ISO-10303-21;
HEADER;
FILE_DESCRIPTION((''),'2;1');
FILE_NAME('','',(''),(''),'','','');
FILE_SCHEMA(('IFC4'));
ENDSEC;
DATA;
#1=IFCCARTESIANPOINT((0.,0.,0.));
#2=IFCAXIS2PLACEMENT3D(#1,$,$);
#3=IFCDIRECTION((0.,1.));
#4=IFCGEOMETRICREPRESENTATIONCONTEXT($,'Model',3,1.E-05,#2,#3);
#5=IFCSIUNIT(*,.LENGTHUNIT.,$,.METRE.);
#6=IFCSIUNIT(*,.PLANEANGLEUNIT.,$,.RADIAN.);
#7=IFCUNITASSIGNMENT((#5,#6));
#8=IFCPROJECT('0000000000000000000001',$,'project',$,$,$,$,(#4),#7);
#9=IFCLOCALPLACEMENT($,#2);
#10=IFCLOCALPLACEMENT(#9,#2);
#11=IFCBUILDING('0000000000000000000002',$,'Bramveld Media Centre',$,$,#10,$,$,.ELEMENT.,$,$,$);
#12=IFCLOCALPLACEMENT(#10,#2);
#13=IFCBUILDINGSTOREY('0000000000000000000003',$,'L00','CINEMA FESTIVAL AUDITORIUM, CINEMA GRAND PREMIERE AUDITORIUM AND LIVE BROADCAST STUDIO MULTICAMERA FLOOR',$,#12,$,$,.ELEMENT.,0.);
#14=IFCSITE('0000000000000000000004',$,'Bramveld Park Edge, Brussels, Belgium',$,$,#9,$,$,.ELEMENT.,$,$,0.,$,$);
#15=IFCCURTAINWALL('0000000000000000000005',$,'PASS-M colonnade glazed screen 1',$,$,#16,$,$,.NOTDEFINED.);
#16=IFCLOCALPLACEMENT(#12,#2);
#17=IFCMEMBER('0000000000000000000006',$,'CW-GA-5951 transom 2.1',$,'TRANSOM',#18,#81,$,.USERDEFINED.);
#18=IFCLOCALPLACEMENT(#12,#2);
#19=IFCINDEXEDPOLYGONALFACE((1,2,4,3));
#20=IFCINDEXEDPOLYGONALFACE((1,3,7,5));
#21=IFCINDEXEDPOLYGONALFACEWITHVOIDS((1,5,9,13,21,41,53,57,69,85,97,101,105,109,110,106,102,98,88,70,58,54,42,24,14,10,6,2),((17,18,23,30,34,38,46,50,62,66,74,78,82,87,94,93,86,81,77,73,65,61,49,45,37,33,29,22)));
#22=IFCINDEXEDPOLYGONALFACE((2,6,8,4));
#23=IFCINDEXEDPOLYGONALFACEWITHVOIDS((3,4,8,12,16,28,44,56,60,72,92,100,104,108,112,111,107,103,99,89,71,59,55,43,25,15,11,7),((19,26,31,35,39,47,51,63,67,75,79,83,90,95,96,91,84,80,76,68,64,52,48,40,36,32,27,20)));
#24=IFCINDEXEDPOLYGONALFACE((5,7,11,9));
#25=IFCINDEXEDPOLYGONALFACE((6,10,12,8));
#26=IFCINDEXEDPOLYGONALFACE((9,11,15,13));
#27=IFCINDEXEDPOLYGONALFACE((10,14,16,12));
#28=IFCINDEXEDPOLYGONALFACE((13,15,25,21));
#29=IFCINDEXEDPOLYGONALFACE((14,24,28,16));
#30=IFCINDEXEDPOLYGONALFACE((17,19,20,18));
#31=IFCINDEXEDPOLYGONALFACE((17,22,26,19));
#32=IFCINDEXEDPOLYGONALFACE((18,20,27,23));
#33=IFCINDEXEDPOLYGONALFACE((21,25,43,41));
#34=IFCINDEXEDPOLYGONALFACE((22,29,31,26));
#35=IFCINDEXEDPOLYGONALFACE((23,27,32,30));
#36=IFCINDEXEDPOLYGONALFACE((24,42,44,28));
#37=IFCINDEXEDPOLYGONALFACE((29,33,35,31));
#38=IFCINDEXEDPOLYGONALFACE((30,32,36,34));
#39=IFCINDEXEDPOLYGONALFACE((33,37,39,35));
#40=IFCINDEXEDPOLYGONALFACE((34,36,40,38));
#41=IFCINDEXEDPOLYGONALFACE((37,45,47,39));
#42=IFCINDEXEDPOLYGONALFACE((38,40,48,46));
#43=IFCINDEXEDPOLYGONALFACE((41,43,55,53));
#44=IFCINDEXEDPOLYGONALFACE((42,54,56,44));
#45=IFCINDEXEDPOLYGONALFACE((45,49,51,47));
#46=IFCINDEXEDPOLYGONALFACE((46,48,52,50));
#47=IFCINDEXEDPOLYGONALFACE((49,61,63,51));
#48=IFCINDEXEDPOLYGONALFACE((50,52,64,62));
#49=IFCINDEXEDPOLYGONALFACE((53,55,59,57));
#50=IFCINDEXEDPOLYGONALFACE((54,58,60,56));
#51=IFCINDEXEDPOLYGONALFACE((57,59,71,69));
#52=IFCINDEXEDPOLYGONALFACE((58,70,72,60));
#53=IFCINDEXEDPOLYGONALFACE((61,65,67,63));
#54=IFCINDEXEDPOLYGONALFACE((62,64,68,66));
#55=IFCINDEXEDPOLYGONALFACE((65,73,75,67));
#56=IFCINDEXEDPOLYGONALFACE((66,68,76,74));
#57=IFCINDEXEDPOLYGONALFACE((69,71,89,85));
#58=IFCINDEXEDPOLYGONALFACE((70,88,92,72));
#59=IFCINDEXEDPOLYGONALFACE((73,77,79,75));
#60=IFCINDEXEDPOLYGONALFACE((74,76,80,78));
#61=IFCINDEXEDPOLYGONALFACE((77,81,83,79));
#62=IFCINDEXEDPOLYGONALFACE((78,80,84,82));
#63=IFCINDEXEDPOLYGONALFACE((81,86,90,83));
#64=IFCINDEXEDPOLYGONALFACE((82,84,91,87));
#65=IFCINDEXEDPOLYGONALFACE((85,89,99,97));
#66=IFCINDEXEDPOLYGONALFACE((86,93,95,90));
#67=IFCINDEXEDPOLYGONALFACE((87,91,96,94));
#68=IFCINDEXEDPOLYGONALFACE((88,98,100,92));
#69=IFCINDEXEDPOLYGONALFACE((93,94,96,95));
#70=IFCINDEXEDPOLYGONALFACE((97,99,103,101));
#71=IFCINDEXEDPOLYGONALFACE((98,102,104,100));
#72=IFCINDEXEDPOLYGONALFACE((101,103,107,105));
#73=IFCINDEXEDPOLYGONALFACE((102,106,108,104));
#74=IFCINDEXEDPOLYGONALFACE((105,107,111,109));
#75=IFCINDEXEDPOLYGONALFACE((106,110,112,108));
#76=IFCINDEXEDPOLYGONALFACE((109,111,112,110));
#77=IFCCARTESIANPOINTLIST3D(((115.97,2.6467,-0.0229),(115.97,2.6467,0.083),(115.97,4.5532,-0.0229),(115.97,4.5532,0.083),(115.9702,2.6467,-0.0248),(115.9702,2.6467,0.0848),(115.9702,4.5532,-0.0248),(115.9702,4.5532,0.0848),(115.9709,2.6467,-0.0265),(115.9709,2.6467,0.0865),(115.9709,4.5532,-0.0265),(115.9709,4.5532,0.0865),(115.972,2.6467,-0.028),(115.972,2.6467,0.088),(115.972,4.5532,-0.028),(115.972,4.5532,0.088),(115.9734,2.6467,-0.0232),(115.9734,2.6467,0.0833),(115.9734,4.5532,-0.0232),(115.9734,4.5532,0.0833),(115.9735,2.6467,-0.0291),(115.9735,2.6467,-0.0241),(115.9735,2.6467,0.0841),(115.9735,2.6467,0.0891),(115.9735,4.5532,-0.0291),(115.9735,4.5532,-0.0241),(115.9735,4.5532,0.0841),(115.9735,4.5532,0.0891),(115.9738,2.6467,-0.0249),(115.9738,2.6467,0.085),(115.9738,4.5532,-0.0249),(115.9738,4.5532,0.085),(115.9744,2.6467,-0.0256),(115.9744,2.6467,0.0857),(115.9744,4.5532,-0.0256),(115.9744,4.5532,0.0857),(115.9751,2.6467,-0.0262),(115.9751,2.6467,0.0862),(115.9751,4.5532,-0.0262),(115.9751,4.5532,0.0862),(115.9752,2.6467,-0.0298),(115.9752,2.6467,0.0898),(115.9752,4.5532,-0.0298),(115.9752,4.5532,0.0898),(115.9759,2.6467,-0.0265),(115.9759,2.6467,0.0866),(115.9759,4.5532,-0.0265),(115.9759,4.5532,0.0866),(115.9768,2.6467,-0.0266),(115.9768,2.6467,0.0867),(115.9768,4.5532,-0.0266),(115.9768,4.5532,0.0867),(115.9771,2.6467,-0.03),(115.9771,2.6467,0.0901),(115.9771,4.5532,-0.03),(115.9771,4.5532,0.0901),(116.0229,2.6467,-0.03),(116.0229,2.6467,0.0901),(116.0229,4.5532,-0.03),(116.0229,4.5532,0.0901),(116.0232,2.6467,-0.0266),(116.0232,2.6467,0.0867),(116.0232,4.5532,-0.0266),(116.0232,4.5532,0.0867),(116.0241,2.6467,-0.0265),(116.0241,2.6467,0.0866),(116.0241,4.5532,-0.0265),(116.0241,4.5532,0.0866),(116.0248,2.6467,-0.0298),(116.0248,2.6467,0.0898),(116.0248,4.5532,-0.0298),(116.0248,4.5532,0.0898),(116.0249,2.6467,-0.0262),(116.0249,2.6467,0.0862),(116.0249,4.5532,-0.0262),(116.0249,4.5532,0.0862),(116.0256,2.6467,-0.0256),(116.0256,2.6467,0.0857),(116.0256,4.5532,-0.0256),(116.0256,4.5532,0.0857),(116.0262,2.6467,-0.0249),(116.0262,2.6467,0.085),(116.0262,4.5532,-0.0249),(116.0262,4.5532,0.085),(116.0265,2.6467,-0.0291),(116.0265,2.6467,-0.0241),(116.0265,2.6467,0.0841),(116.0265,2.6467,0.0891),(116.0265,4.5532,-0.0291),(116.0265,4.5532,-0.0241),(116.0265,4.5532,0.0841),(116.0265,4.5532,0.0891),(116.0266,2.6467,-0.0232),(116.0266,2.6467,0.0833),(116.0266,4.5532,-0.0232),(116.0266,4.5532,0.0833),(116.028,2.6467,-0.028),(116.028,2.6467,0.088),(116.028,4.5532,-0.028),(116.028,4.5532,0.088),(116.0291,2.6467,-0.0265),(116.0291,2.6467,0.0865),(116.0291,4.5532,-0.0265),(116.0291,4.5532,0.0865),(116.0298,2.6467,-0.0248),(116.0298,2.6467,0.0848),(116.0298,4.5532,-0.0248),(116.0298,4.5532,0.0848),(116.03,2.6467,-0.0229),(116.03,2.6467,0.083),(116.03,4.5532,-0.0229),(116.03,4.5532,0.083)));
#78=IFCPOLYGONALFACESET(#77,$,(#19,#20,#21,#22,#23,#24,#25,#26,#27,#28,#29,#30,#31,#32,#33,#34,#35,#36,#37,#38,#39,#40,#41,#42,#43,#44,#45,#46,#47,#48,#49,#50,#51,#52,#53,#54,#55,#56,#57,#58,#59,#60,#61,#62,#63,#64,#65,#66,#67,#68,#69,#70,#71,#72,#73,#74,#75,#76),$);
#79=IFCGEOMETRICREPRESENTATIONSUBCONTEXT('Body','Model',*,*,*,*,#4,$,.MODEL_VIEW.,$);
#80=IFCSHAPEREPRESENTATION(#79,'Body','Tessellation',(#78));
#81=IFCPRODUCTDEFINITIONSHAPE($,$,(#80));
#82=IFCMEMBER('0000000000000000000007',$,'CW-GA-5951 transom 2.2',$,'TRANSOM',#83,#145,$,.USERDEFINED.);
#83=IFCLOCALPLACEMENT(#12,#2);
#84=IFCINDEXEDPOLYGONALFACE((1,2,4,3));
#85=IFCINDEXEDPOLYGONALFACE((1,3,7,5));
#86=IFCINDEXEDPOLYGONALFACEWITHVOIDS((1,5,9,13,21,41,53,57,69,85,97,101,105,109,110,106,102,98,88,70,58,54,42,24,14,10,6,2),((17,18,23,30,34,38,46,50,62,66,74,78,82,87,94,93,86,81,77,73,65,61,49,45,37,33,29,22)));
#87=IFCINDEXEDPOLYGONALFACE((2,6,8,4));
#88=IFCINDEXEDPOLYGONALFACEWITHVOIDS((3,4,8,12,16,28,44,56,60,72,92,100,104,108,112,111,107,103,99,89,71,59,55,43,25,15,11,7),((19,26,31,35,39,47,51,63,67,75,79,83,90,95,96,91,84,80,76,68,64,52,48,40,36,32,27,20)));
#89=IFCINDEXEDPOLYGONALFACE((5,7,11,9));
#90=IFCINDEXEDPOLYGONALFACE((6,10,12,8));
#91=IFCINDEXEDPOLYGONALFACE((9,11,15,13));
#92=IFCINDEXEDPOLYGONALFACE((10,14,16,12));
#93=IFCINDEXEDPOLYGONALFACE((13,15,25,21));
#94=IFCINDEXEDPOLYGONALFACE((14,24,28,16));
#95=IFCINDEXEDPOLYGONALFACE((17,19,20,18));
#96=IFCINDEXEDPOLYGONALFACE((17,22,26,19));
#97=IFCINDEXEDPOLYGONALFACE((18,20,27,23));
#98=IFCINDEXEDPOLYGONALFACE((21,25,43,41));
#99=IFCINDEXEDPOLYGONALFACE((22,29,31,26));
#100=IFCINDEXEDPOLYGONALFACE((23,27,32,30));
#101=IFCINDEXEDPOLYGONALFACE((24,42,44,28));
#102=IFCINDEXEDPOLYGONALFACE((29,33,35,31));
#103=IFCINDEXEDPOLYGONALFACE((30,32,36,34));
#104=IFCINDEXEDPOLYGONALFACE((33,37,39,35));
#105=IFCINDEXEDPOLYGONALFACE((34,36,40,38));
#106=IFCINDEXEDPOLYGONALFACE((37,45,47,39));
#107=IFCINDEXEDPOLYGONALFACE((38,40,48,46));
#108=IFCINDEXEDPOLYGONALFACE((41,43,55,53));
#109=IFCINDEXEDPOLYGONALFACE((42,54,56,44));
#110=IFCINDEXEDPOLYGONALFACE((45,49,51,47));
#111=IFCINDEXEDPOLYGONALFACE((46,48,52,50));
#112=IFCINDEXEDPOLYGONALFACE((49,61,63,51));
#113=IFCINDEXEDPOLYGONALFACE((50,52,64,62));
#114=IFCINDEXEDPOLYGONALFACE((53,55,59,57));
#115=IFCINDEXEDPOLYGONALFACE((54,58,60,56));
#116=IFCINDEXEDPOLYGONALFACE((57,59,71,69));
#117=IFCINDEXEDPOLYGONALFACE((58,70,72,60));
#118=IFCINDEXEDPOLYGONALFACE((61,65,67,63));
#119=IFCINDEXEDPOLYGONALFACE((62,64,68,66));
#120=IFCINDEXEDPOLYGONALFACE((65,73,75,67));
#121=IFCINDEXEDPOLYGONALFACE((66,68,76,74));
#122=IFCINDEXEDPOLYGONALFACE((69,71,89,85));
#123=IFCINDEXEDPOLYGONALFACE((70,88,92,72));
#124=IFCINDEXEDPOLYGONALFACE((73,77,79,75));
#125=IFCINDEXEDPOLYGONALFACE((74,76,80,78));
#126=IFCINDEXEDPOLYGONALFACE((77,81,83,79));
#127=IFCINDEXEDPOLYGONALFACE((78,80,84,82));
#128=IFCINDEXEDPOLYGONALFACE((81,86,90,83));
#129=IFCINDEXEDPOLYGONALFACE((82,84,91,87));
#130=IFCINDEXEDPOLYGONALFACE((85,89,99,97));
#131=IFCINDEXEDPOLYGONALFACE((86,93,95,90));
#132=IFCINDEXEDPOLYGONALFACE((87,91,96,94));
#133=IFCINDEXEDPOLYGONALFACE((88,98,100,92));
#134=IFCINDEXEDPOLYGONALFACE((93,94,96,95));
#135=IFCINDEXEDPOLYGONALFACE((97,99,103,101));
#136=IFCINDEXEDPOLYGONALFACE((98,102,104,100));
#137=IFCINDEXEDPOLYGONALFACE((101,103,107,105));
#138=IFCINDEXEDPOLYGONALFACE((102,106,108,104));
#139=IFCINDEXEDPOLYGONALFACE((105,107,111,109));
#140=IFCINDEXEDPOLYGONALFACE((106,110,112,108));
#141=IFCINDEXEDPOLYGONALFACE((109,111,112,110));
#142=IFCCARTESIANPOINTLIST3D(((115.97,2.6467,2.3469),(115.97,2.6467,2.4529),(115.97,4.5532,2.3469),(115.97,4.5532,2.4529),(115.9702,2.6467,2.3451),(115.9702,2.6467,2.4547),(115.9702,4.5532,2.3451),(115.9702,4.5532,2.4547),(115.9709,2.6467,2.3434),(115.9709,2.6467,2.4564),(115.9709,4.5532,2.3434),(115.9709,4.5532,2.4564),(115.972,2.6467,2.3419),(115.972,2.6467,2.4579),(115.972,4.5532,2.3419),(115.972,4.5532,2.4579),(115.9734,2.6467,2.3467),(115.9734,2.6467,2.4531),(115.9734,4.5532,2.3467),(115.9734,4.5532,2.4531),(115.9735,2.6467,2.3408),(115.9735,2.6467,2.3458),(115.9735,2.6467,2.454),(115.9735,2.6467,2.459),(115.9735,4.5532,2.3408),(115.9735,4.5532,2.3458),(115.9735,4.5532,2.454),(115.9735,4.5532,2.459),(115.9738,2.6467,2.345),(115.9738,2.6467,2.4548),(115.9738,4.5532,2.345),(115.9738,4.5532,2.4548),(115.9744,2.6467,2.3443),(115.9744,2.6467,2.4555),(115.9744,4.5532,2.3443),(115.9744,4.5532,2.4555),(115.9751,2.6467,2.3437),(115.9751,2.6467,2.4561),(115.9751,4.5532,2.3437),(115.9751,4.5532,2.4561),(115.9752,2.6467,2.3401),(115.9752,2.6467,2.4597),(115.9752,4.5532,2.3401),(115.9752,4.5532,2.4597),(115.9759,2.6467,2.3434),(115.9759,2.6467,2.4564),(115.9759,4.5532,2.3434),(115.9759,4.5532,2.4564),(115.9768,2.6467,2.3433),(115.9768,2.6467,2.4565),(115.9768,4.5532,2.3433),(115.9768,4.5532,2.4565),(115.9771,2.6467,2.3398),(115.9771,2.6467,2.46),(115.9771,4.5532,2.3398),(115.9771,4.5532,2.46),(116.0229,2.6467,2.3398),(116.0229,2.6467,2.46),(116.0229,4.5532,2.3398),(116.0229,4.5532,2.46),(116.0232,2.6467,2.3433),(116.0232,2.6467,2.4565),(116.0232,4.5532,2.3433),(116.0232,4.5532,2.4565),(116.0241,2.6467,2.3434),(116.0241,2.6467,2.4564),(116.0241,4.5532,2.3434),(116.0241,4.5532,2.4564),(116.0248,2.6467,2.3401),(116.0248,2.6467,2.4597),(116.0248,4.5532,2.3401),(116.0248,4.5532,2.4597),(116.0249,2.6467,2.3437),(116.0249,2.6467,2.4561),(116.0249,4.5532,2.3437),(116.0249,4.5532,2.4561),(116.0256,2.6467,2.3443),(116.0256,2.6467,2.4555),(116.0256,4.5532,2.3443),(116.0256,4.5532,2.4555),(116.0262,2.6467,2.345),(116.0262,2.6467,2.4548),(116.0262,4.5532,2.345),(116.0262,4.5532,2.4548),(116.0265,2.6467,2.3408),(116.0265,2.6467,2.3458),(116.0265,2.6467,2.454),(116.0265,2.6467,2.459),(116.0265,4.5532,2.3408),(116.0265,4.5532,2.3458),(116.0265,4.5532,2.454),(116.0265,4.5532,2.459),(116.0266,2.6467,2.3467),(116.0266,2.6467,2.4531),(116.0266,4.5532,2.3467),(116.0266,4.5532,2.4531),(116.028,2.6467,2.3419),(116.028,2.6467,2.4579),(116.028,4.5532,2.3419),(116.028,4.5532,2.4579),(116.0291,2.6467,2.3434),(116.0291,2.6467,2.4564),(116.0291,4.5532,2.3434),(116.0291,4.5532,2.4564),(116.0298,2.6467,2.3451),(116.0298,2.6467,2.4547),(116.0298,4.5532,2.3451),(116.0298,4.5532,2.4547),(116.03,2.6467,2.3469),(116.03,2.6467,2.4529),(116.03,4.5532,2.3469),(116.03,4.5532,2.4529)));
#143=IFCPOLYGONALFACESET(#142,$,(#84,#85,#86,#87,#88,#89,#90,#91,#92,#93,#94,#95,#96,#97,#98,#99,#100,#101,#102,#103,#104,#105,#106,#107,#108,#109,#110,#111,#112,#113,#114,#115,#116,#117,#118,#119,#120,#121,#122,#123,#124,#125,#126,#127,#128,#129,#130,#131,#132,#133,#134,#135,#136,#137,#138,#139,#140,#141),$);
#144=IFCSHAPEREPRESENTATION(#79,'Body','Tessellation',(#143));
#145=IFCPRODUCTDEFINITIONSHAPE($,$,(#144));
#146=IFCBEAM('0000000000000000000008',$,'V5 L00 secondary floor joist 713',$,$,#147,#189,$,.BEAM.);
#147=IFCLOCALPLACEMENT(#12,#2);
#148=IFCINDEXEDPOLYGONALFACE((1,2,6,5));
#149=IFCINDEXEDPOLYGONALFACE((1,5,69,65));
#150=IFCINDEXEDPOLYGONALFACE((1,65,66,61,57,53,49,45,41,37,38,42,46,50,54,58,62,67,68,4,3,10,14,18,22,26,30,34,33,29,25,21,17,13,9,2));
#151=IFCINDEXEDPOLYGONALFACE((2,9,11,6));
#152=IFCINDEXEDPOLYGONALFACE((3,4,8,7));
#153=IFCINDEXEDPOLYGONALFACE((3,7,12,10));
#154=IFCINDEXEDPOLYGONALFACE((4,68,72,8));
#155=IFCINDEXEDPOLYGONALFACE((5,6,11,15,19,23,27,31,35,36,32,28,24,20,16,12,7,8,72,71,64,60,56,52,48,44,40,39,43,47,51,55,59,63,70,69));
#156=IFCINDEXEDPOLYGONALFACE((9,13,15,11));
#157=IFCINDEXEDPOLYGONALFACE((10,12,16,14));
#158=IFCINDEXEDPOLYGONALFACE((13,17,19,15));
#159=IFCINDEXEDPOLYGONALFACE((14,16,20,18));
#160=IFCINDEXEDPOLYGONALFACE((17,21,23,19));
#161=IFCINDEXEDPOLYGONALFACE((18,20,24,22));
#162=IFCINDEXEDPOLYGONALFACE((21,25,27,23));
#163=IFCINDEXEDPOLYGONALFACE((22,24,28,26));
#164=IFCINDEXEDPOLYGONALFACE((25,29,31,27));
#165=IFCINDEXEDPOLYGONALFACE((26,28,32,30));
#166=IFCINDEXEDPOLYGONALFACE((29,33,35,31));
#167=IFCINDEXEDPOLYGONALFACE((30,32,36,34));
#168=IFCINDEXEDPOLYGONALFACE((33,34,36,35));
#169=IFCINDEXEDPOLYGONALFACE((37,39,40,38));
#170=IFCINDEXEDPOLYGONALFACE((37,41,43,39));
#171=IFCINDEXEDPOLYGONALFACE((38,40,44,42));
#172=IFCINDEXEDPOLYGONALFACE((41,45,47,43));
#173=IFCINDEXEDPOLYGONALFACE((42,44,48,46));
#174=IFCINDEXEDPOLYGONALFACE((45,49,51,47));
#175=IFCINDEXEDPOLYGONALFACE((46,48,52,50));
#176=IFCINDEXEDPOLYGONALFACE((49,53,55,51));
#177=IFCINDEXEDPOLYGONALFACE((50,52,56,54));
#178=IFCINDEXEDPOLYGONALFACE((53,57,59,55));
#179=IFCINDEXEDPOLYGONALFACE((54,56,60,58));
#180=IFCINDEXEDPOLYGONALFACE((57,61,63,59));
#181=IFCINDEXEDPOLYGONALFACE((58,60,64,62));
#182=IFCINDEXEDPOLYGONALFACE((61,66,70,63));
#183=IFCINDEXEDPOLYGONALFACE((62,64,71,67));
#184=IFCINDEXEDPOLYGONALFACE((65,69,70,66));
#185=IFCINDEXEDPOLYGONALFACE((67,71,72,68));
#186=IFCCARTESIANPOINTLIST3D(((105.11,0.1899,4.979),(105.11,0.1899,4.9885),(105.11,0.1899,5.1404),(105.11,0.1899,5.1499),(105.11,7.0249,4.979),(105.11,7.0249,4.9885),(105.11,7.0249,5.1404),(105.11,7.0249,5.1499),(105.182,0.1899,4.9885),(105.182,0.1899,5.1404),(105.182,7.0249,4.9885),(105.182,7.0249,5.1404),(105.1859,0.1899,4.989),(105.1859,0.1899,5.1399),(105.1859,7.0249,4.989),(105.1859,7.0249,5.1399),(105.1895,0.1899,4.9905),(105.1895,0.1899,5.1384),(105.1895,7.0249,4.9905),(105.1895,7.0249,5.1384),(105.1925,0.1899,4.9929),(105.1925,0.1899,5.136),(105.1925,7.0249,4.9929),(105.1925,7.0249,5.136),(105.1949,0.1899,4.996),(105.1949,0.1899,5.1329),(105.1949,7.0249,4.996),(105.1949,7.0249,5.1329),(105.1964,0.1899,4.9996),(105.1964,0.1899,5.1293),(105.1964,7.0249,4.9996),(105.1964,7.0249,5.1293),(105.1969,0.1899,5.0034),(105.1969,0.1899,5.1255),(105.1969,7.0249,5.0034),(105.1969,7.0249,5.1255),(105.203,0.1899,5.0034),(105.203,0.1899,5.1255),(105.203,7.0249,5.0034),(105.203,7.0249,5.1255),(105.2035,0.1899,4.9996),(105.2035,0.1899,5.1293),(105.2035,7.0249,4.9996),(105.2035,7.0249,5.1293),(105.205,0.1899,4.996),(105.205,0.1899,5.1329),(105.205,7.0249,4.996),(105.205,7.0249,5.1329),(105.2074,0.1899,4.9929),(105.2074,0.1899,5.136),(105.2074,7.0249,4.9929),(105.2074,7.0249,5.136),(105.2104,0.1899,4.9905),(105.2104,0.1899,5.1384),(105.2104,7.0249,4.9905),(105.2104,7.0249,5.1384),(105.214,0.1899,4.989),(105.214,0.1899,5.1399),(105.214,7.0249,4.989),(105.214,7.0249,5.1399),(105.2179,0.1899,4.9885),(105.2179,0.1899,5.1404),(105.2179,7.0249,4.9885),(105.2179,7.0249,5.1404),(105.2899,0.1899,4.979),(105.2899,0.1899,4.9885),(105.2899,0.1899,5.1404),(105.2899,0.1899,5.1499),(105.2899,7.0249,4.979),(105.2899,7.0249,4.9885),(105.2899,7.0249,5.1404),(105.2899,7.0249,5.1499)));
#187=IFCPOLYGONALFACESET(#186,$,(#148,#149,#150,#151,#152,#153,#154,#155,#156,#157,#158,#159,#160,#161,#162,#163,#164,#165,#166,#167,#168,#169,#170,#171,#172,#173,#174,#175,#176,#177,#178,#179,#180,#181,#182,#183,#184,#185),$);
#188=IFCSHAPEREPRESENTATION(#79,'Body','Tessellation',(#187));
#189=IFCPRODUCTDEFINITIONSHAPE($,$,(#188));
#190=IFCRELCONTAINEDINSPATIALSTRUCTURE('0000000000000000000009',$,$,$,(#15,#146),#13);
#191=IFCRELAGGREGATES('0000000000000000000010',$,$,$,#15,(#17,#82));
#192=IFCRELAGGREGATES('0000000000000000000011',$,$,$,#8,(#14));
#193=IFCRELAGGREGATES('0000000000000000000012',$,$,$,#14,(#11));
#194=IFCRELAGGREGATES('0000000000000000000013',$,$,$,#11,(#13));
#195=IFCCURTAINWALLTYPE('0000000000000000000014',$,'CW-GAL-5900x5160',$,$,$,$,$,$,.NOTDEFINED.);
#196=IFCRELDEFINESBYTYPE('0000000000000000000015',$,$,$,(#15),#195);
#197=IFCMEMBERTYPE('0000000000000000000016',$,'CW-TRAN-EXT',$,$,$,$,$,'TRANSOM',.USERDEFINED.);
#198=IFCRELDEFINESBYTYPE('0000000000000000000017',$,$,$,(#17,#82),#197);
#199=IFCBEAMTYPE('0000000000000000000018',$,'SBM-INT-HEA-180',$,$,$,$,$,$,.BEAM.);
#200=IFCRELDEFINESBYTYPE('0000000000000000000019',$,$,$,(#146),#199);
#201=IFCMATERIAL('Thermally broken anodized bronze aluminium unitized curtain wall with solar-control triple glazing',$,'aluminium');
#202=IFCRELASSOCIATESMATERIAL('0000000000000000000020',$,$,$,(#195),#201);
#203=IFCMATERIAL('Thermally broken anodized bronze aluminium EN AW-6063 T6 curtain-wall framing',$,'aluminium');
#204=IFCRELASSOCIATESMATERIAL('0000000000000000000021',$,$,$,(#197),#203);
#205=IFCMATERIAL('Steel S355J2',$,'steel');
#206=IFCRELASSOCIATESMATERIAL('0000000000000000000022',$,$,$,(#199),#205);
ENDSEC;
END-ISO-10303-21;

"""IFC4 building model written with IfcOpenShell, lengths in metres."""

from ifc_helpers import new_model, si_unit, direction, frame, origin, origin_2d, place, context, subcontext, project, spatial, hollow_rectangle, i_section, extrude, material, material_profile, profile_set, type_object, element, aggregate, save


model = new_model("IFC4")

# Units and contexts
model_context = context("Model", 3, precision=1e-05, world=origin(), true_north=direction((0.0, 1.0)))
body_context = subcontext(model_context, "Body", "Model", "MODEL_VIEW")
ifc_project = project(units=[si_unit("LENGTHUNIT", "METRE"), si_unit("PLANEANGLEUNIT", "RADIAN")], contexts=[model_context])

# Site, building, storey
site_placement = place(None, origin())
site = spatial("IfcSite", under=ifc_project, at=site_placement, Name="Bramveld Park Edge, Brussels, Belgium", CompositionType="ELEMENT", RefElevation=0.0)
building_placement = place(site_placement, origin())
building = spatial("IfcBuilding", under=site, at=building_placement, Name="Bramveld Media Centre", CompositionType="ELEMENT")
storey_placement = place(building_placement, origin())
storey = spatial("IfcBuildingStorey", under=building, at=storey_placement, Name="L00", Description="CINEMA FESTIVAL AUDITORIUM, CINEMA GRAND PREMIERE AUDITORIUM AND LIVE BROADCAST STUDIO MULTICAMERA FLOOR", CompositionType="ELEMENT", Elevation=0.0)

# Curtain wall, members
ifc_material_1 = material(Name="Thermally broken anodized bronze aluminium unitized curtain wall with solar-control triple glazing", Category="aluminium")
curtain_wall_type = type_object("IfcCurtainWallType", Name="CW-GAL-5900x5160", PredefinedType="NOTDEFINED", material=ifc_material_1)
curtain_wall_placement = place(storey_placement, origin())
curtain_wall = element("IfcCurtainWall", 1, at=curtain_wall_placement, inside=storey, type_object=curtain_wall_type, Name="PASS-M colonnade glazed screen 1", PredefinedType="NOTDEFINED")
ifc_material_2 = material(Name="Thermally broken anodized bronze aluminium EN AW-6063 T6 curtain-wall framing", Category="aluminium")
ifc_material_profile_1 = material_profile(ifc_material_2, hollow_rectangle(XDim=0.0601, YDim=0.1201, WallThickness=0.0034, InnerFilletRadius=0.0034, OuterFilletRadius=0.0071, at=origin_2d()), Name="AL-TRAN 60x120")
ifc_profile_set_1 = profile_set([ifc_material_profile_1], Name="Thermally broken anodized bronze aluminium EN AW-6063 T6 curtain-wall framing")
member_type_1 = type_object("IfcMemberType", Name="CW-TRAN-EXT", ElementType="TRANSOM", PredefinedType="USERDEFINED", material=ifc_profile_set_1)
member_1_placement = place(storey_placement, frame((116.0, 2.6467, 0.03), z_axis=(0.0, 1.0, 0.0), x_axis=(-1.0, 0.0, 0.0)))
member_1 = element("IfcMember", 2, at=member_1_placement, type_object=member_type_1, Name="CW-GA-5951 transom 2.1", ObjectType="TRANSOM", PredefinedType="USERDEFINED", context=body_context, shape_type="SweptSolid", body=[
    extrude(hollow_rectangle(XDim=0.0601, YDim=0.1201, WallThickness=0.0034, InnerFilletRadius=0.0034, OuterFilletRadius=0.0071, at=origin_2d()), origin(), (0.0, 0.0, 1.0), 1.9065),
])
member_2_placement = place(storey_placement, frame((116.0, 2.6467, 2.3999), z_axis=(0.0, 1.0, 0.0), x_axis=(-1.0, 0.0, 0.0)))
member_2 = element("IfcMember", 3, at=member_2_placement, type_object=member_type_1, Name="CW-GA-5951 transom 2.2", ObjectType="TRANSOM", PredefinedType="USERDEFINED", context=body_context, shape_type="SweptSolid", body=[
    extrude(hollow_rectangle(XDim=0.0601, YDim=0.1201, WallThickness=0.0034, InnerFilletRadius=0.0034, OuterFilletRadius=0.0071, at=origin_2d()), origin(), (0.0, 0.0, 1.0), 1.9065),
])

# Beam
ifc_material_3 = material(Name="Steel S355J2", Category="steel")
ifc_material_profile_2 = material_profile(ifc_material_3, i_section(OverallWidth=0.1799, OverallDepth=0.1709, WebThickness=0.0061, FlangeThickness=0.0095, FilletRadius=0.0149, at=origin_2d()), Name="HEA 180")
ifc_profile_set_2 = profile_set([ifc_material_profile_2], Name="Steel S355J2")
beam_type_1 = type_object("IfcBeamType", Name="SBM-INT-HEA-180", PredefinedType="BEAM", material=ifc_profile_set_2)
beam_1_placement = place(storey_placement, frame((105.2, 0.1899, 5.0645), z_axis=(0.0, 1.0, 0.0), x_axis=(-1.0, 0.0, 0.0)))
element("IfcBeam", 4, at=beam_1_placement, inside=storey, type_object=beam_type_1, Name="V5 L00 secondary floor joist 713", PredefinedType="BEAM", context=body_context, shape_type="SweptSolid", body=[
    extrude(i_section(OverallWidth=0.1799, OverallDepth=0.1709, WebThickness=0.0061, FlangeThickness=0.0095, FilletRadius=0.0149, at=origin_2d()), origin(), (0.0, 0.0, 1.0), 6.835),
])

aggregate(curtain_wall, [member_1, member_2])

save(model, "model.ifc")
